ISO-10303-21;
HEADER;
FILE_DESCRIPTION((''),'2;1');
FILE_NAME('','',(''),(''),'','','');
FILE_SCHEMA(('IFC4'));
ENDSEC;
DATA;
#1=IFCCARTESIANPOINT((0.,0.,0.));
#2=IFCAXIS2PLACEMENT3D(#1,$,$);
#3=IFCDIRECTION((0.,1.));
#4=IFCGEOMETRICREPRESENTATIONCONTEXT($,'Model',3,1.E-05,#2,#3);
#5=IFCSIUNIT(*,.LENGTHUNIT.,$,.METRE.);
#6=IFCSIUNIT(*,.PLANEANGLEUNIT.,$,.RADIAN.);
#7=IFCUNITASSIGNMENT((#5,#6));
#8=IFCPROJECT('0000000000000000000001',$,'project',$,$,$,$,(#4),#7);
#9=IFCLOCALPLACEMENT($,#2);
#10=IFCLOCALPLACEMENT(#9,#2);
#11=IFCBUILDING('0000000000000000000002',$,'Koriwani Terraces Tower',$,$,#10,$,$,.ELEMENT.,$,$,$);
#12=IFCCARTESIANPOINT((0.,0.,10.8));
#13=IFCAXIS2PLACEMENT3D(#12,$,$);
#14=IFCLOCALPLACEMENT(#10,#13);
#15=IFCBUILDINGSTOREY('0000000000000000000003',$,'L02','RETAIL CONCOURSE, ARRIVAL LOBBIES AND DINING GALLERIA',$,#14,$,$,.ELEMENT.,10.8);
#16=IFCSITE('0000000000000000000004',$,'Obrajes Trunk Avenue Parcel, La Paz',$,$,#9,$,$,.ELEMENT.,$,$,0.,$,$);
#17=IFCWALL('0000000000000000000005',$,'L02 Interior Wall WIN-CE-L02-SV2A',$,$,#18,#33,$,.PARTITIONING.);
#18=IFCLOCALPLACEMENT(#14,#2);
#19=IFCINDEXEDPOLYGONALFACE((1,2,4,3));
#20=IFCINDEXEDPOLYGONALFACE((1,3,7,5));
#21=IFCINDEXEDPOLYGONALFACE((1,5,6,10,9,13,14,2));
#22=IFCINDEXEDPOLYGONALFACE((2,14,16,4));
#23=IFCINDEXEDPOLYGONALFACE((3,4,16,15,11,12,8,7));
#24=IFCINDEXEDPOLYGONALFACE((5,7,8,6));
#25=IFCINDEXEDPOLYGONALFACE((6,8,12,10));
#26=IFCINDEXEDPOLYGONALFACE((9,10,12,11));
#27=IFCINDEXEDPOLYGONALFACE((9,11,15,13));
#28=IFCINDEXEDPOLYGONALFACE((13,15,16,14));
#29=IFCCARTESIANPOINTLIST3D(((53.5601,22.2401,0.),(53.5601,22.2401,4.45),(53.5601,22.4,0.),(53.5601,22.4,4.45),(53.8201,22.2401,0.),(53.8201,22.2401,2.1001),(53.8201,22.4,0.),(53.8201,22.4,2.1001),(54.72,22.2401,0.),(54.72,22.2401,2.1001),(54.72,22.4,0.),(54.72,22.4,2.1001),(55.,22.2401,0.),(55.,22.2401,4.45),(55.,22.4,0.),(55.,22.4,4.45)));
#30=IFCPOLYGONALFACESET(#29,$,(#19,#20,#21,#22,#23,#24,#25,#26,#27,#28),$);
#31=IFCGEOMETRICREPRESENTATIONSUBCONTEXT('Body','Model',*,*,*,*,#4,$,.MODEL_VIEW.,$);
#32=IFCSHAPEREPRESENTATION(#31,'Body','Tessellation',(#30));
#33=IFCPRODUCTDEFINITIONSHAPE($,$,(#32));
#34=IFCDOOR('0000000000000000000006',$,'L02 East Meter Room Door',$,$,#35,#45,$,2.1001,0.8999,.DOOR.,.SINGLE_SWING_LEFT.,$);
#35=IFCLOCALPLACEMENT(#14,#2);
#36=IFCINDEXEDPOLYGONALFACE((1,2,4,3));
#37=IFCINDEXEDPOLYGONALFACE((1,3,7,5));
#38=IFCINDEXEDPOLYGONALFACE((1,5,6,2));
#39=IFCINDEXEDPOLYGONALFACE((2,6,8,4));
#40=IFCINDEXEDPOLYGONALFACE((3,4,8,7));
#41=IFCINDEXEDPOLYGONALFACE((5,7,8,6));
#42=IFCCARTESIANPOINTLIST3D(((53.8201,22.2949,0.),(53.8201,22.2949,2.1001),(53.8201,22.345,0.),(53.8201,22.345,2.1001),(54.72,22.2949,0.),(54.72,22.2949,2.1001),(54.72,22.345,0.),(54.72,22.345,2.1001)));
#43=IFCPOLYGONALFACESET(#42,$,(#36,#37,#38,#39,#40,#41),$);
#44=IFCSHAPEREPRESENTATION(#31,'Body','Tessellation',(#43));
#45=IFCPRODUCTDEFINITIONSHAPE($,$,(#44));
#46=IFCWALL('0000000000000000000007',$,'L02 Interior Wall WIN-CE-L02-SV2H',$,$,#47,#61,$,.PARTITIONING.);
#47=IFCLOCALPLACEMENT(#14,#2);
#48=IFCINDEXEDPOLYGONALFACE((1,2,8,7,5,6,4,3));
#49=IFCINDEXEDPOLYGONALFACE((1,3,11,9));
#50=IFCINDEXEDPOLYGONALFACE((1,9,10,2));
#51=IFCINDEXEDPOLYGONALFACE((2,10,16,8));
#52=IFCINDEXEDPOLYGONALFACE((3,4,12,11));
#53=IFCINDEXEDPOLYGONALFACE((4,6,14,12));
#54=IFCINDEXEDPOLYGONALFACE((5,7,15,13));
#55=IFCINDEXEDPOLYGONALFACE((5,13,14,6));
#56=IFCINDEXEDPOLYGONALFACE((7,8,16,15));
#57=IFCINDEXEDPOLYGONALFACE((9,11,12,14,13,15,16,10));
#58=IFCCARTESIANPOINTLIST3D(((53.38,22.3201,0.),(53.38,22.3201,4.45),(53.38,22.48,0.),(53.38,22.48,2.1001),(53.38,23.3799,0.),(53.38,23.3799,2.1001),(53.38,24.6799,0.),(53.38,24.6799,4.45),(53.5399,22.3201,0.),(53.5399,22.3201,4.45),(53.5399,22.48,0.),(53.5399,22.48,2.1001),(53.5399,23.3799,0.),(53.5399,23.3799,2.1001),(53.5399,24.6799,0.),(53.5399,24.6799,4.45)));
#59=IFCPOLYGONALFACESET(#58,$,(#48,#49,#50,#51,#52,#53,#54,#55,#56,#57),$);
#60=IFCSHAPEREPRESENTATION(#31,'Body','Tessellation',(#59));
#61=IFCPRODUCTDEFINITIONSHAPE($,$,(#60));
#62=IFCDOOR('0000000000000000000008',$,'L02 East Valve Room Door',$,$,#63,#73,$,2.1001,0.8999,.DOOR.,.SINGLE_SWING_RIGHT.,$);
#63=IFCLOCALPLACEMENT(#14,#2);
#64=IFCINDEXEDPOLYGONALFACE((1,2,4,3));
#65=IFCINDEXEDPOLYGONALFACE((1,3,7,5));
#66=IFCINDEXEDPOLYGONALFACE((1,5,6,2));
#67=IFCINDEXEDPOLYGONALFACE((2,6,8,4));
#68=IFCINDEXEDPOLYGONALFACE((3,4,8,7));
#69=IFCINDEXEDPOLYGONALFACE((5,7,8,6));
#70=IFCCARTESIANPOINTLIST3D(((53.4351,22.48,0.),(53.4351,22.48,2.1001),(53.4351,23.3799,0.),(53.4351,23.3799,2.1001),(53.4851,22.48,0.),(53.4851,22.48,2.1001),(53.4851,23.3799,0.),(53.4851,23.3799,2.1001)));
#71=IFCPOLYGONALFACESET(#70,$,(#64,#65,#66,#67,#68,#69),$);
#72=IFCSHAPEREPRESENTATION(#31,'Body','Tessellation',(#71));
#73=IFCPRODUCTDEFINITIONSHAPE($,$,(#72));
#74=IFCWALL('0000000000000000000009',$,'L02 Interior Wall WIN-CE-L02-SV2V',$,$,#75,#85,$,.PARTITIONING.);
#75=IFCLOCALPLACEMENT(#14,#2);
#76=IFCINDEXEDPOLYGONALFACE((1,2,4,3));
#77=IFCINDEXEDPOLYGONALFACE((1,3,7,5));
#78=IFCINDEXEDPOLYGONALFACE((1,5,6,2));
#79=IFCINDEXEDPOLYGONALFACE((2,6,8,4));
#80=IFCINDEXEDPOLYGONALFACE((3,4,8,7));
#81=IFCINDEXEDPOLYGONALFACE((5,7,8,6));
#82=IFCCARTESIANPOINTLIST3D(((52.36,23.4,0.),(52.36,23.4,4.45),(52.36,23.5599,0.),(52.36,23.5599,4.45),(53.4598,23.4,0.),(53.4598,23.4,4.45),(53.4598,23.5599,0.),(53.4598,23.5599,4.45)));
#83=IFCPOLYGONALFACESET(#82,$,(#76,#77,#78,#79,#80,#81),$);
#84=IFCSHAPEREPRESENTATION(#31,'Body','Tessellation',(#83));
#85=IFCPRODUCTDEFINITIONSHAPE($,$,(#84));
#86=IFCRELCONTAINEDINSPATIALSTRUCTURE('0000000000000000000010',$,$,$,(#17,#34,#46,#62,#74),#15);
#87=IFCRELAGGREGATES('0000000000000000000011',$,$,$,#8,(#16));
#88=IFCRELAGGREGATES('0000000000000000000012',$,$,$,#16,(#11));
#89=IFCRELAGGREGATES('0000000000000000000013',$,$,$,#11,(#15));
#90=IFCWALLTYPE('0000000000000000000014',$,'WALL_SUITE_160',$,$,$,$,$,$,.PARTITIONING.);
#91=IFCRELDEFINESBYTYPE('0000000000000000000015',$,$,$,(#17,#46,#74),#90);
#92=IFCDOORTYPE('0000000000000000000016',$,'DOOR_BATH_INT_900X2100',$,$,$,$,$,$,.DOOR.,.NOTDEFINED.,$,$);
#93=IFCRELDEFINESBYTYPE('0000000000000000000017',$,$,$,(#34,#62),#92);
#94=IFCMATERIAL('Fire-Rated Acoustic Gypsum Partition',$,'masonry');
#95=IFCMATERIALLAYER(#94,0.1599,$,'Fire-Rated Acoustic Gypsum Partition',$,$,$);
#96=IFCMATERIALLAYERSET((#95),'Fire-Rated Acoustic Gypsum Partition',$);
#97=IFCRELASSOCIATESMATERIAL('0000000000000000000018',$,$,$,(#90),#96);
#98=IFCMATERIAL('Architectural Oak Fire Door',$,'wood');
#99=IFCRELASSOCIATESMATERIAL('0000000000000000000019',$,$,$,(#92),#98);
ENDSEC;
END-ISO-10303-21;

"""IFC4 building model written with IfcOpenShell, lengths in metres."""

from ifc_helpers import new_model, si_unit, direction, frame, frame_2d, origin, place, context, subcontext, project, spatial, rectangle, extrude, material, layer, layer_set, type_object, element, fill, save


model = new_model("IFC4")

# Units and contexts
model_context = context("Model", 3, precision=1e-05, world=origin(), true_north=direction((0.0, 1.0)))
body_context = subcontext(model_context, "Body", "Model", "MODEL_VIEW")
ifc_project = project(units=[si_unit("LENGTHUNIT", "METRE"), si_unit("PLANEANGLEUNIT", "RADIAN")], contexts=[model_context])

# Site, building, storey
site_placement = place(None, origin())
site = spatial("IfcSite", under=ifc_project, at=site_placement, Name="Obrajes Trunk Avenue Parcel, La Paz", CompositionType="ELEMENT", RefElevation=0.0)
building_placement = place(site_placement, origin())
building = spatial("IfcBuilding", under=site, at=building_placement, Name="Koriwani Terraces Tower", CompositionType="ELEMENT")
storey_placement = place(building_placement, frame((0.0, 0.0, 10.8)))
storey = spatial("IfcBuildingStorey", under=building, at=storey_placement, Name="L02", Description="RETAIL CONCOURSE, ARRIVAL LOBBIES AND DINING GALLERIA", CompositionType="ELEMENT", Elevation=10.8)

# Walls, openings, doors
ifc_material_1 = material(Name="Fire-Rated Acoustic Gypsum Partition", Category="masonry")
ifc_layer_1 = layer(ifc_material_1, 0.1599, Name="Fire-Rated Acoustic Gypsum Partition")
ifc_layer_set_1 = layer_set([ifc_layer_1], Name="Fire-Rated Acoustic Gypsum Partition")
wall_type_1 = type_object("IfcWallType", Name="WALL_SUITE_160", PredefinedType="PARTITIONING", material=ifc_layer_set_1)
wall_1_placement = place(storey_placement, frame((53.5601, 22.3201, 0.0), z_axis=(0.0, 0.0, 1.0), x_axis=(1.0, 0.0, 0.0)))
wall_1 = element("IfcWall", 1, at=wall_1_placement, inside=storey, type_object=wall_type_1, Name="L02 Interior Wall WIN-CE-L02-SV2A", PredefinedType="PARTITIONING", context=body_context, shape_type="SweptSolid", body=[
    extrude(rectangle(XDim=1.4399, YDim=0.1599, at=frame_2d((0.72, 0.0))), origin(), (0.0, 0.0, 1.0), 4.45),
])
opening_1_placement = place(wall_1_placement, frame((0.26, 0.0, 0.0)))
opening_1 = element("IfcOpeningElement", 2, at=opening_1_placement, cuts=wall_1, PredefinedType="OPENING", context=body_context, shape_type="SweptSolid", body=[
    extrude(rectangle(XDim=0.8999, YDim=2.1001, at=frame_2d((0.45, 1.05))), frame((0.0, 0.0898, 0.0), z_axis=(0.0, -1.0, 0.0), x_axis=(1.0, 0.0, 0.0)), (0.0, 0.0, 1.0), 0.1799),
])
ifc_material_2 = material(Name="Architectural Oak Fire Door", Category="wood")
door_type_1 = type_object("IfcDoorType", Name="DOOR_BATH_INT_900X2100", OperationType="NOTDEFINED", PredefinedType="DOOR", material=ifc_material_2)
door_1_placement = place(opening_1_placement, origin())
door_1 = element("IfcDoor", 3, at=door_1_placement, inside=storey, type_object=door_type_1, Name="L02 East Meter Room Door", OperationType="SINGLE_SWING_LEFT", OverallHeight=2.1001, OverallWidth=0.8999, PredefinedType="DOOR", context=body_context, shape_type="SweptSolid", body=[
    extrude(rectangle(XDim=0.8999, YDim=2.1001, at=frame_2d((0.45, 1.05))), frame((0.0, 0.0249, 0.0), z_axis=(0.0, -1.0, 0.0), x_axis=(1.0, 0.0, 0.0)), (0.0, 0.0, 1.0), 0.05),
])
fill(opening_1, door_1)
wall_2_placement = place(storey_placement, frame((53.46, 22.3201, 0.0), z_axis=(0.0, 0.0, 1.0), x_axis=(0.0, 1.0, 0.0)))
wall_2 = element("IfcWall", 4, at=wall_2_placement, inside=storey, type_object=wall_type_1, Name="L02 Interior Wall WIN-CE-L02-SV2H", PredefinedType="PARTITIONING", context=body_context, shape_type="SweptSolid", body=[
    extrude(rectangle(XDim=2.3599, YDim=0.1599, at=frame_2d((1.1799, 0.0))), origin(), (0.0, 0.0, 1.0), 4.45),
])
opening_2_placement = place(wall_2_placement, frame((0.1599, 0.0, 0.0)))
opening_2 = element("IfcOpeningElement", 5, at=opening_2_placement, cuts=wall_2, PredefinedType="OPENING", context=body_context, shape_type="SweptSolid", body=[
    extrude(rectangle(XDim=0.8999, YDim=2.1001, at=frame_2d((0.45, 1.05))), frame((0.0, 0.0898, 0.0), z_axis=(0.0, -1.0, 0.0), x_axis=(1.0, 0.0, 0.0)), (0.0, 0.0, 1.0), 0.1799),
])
door_2_placement = place(opening_2_placement, origin())
door_2 = element("IfcDoor", 6, at=door_2_placement, inside=storey, type_object=door_type_1, Name="L02 East Valve Room Door", OperationType="SINGLE_SWING_RIGHT", OverallHeight=2.1001, OverallWidth=0.8999, PredefinedType="DOOR", context=body_context, shape_type="SweptSolid", body=[
    extrude(rectangle(XDim=0.8999, YDim=2.1001, at=frame_2d((0.45, 1.05))), frame((0.0, 0.0249, 0.0), z_axis=(0.0, -1.0, 0.0), x_axis=(1.0, 0.0, 0.0)), (0.0, 0.0, 1.0), 0.05),
])
fill(opening_2, door_2)

# Wall
wall_3_placement = place(storey_placement, frame((52.3601, 23.48, 0.0), z_axis=(0.0, 0.0, 1.0), x_axis=(1.0, 0.0, 0.0)))
element("IfcWall", 7, at=wall_3_placement, inside=storey, type_object=wall_type_1, Name="L02 Interior Wall WIN-CE-L02-SV2V", PredefinedType="PARTITIONING", context=body_context, shape_type="SweptSolid", body=[
    extrude(rectangle(XDim=1.0999, YDim=0.1599, at=frame_2d((0.5498, 0.0))), origin(), (0.0, 0.0, 1.0), 4.45),
])

save(model, "model.ifc")
